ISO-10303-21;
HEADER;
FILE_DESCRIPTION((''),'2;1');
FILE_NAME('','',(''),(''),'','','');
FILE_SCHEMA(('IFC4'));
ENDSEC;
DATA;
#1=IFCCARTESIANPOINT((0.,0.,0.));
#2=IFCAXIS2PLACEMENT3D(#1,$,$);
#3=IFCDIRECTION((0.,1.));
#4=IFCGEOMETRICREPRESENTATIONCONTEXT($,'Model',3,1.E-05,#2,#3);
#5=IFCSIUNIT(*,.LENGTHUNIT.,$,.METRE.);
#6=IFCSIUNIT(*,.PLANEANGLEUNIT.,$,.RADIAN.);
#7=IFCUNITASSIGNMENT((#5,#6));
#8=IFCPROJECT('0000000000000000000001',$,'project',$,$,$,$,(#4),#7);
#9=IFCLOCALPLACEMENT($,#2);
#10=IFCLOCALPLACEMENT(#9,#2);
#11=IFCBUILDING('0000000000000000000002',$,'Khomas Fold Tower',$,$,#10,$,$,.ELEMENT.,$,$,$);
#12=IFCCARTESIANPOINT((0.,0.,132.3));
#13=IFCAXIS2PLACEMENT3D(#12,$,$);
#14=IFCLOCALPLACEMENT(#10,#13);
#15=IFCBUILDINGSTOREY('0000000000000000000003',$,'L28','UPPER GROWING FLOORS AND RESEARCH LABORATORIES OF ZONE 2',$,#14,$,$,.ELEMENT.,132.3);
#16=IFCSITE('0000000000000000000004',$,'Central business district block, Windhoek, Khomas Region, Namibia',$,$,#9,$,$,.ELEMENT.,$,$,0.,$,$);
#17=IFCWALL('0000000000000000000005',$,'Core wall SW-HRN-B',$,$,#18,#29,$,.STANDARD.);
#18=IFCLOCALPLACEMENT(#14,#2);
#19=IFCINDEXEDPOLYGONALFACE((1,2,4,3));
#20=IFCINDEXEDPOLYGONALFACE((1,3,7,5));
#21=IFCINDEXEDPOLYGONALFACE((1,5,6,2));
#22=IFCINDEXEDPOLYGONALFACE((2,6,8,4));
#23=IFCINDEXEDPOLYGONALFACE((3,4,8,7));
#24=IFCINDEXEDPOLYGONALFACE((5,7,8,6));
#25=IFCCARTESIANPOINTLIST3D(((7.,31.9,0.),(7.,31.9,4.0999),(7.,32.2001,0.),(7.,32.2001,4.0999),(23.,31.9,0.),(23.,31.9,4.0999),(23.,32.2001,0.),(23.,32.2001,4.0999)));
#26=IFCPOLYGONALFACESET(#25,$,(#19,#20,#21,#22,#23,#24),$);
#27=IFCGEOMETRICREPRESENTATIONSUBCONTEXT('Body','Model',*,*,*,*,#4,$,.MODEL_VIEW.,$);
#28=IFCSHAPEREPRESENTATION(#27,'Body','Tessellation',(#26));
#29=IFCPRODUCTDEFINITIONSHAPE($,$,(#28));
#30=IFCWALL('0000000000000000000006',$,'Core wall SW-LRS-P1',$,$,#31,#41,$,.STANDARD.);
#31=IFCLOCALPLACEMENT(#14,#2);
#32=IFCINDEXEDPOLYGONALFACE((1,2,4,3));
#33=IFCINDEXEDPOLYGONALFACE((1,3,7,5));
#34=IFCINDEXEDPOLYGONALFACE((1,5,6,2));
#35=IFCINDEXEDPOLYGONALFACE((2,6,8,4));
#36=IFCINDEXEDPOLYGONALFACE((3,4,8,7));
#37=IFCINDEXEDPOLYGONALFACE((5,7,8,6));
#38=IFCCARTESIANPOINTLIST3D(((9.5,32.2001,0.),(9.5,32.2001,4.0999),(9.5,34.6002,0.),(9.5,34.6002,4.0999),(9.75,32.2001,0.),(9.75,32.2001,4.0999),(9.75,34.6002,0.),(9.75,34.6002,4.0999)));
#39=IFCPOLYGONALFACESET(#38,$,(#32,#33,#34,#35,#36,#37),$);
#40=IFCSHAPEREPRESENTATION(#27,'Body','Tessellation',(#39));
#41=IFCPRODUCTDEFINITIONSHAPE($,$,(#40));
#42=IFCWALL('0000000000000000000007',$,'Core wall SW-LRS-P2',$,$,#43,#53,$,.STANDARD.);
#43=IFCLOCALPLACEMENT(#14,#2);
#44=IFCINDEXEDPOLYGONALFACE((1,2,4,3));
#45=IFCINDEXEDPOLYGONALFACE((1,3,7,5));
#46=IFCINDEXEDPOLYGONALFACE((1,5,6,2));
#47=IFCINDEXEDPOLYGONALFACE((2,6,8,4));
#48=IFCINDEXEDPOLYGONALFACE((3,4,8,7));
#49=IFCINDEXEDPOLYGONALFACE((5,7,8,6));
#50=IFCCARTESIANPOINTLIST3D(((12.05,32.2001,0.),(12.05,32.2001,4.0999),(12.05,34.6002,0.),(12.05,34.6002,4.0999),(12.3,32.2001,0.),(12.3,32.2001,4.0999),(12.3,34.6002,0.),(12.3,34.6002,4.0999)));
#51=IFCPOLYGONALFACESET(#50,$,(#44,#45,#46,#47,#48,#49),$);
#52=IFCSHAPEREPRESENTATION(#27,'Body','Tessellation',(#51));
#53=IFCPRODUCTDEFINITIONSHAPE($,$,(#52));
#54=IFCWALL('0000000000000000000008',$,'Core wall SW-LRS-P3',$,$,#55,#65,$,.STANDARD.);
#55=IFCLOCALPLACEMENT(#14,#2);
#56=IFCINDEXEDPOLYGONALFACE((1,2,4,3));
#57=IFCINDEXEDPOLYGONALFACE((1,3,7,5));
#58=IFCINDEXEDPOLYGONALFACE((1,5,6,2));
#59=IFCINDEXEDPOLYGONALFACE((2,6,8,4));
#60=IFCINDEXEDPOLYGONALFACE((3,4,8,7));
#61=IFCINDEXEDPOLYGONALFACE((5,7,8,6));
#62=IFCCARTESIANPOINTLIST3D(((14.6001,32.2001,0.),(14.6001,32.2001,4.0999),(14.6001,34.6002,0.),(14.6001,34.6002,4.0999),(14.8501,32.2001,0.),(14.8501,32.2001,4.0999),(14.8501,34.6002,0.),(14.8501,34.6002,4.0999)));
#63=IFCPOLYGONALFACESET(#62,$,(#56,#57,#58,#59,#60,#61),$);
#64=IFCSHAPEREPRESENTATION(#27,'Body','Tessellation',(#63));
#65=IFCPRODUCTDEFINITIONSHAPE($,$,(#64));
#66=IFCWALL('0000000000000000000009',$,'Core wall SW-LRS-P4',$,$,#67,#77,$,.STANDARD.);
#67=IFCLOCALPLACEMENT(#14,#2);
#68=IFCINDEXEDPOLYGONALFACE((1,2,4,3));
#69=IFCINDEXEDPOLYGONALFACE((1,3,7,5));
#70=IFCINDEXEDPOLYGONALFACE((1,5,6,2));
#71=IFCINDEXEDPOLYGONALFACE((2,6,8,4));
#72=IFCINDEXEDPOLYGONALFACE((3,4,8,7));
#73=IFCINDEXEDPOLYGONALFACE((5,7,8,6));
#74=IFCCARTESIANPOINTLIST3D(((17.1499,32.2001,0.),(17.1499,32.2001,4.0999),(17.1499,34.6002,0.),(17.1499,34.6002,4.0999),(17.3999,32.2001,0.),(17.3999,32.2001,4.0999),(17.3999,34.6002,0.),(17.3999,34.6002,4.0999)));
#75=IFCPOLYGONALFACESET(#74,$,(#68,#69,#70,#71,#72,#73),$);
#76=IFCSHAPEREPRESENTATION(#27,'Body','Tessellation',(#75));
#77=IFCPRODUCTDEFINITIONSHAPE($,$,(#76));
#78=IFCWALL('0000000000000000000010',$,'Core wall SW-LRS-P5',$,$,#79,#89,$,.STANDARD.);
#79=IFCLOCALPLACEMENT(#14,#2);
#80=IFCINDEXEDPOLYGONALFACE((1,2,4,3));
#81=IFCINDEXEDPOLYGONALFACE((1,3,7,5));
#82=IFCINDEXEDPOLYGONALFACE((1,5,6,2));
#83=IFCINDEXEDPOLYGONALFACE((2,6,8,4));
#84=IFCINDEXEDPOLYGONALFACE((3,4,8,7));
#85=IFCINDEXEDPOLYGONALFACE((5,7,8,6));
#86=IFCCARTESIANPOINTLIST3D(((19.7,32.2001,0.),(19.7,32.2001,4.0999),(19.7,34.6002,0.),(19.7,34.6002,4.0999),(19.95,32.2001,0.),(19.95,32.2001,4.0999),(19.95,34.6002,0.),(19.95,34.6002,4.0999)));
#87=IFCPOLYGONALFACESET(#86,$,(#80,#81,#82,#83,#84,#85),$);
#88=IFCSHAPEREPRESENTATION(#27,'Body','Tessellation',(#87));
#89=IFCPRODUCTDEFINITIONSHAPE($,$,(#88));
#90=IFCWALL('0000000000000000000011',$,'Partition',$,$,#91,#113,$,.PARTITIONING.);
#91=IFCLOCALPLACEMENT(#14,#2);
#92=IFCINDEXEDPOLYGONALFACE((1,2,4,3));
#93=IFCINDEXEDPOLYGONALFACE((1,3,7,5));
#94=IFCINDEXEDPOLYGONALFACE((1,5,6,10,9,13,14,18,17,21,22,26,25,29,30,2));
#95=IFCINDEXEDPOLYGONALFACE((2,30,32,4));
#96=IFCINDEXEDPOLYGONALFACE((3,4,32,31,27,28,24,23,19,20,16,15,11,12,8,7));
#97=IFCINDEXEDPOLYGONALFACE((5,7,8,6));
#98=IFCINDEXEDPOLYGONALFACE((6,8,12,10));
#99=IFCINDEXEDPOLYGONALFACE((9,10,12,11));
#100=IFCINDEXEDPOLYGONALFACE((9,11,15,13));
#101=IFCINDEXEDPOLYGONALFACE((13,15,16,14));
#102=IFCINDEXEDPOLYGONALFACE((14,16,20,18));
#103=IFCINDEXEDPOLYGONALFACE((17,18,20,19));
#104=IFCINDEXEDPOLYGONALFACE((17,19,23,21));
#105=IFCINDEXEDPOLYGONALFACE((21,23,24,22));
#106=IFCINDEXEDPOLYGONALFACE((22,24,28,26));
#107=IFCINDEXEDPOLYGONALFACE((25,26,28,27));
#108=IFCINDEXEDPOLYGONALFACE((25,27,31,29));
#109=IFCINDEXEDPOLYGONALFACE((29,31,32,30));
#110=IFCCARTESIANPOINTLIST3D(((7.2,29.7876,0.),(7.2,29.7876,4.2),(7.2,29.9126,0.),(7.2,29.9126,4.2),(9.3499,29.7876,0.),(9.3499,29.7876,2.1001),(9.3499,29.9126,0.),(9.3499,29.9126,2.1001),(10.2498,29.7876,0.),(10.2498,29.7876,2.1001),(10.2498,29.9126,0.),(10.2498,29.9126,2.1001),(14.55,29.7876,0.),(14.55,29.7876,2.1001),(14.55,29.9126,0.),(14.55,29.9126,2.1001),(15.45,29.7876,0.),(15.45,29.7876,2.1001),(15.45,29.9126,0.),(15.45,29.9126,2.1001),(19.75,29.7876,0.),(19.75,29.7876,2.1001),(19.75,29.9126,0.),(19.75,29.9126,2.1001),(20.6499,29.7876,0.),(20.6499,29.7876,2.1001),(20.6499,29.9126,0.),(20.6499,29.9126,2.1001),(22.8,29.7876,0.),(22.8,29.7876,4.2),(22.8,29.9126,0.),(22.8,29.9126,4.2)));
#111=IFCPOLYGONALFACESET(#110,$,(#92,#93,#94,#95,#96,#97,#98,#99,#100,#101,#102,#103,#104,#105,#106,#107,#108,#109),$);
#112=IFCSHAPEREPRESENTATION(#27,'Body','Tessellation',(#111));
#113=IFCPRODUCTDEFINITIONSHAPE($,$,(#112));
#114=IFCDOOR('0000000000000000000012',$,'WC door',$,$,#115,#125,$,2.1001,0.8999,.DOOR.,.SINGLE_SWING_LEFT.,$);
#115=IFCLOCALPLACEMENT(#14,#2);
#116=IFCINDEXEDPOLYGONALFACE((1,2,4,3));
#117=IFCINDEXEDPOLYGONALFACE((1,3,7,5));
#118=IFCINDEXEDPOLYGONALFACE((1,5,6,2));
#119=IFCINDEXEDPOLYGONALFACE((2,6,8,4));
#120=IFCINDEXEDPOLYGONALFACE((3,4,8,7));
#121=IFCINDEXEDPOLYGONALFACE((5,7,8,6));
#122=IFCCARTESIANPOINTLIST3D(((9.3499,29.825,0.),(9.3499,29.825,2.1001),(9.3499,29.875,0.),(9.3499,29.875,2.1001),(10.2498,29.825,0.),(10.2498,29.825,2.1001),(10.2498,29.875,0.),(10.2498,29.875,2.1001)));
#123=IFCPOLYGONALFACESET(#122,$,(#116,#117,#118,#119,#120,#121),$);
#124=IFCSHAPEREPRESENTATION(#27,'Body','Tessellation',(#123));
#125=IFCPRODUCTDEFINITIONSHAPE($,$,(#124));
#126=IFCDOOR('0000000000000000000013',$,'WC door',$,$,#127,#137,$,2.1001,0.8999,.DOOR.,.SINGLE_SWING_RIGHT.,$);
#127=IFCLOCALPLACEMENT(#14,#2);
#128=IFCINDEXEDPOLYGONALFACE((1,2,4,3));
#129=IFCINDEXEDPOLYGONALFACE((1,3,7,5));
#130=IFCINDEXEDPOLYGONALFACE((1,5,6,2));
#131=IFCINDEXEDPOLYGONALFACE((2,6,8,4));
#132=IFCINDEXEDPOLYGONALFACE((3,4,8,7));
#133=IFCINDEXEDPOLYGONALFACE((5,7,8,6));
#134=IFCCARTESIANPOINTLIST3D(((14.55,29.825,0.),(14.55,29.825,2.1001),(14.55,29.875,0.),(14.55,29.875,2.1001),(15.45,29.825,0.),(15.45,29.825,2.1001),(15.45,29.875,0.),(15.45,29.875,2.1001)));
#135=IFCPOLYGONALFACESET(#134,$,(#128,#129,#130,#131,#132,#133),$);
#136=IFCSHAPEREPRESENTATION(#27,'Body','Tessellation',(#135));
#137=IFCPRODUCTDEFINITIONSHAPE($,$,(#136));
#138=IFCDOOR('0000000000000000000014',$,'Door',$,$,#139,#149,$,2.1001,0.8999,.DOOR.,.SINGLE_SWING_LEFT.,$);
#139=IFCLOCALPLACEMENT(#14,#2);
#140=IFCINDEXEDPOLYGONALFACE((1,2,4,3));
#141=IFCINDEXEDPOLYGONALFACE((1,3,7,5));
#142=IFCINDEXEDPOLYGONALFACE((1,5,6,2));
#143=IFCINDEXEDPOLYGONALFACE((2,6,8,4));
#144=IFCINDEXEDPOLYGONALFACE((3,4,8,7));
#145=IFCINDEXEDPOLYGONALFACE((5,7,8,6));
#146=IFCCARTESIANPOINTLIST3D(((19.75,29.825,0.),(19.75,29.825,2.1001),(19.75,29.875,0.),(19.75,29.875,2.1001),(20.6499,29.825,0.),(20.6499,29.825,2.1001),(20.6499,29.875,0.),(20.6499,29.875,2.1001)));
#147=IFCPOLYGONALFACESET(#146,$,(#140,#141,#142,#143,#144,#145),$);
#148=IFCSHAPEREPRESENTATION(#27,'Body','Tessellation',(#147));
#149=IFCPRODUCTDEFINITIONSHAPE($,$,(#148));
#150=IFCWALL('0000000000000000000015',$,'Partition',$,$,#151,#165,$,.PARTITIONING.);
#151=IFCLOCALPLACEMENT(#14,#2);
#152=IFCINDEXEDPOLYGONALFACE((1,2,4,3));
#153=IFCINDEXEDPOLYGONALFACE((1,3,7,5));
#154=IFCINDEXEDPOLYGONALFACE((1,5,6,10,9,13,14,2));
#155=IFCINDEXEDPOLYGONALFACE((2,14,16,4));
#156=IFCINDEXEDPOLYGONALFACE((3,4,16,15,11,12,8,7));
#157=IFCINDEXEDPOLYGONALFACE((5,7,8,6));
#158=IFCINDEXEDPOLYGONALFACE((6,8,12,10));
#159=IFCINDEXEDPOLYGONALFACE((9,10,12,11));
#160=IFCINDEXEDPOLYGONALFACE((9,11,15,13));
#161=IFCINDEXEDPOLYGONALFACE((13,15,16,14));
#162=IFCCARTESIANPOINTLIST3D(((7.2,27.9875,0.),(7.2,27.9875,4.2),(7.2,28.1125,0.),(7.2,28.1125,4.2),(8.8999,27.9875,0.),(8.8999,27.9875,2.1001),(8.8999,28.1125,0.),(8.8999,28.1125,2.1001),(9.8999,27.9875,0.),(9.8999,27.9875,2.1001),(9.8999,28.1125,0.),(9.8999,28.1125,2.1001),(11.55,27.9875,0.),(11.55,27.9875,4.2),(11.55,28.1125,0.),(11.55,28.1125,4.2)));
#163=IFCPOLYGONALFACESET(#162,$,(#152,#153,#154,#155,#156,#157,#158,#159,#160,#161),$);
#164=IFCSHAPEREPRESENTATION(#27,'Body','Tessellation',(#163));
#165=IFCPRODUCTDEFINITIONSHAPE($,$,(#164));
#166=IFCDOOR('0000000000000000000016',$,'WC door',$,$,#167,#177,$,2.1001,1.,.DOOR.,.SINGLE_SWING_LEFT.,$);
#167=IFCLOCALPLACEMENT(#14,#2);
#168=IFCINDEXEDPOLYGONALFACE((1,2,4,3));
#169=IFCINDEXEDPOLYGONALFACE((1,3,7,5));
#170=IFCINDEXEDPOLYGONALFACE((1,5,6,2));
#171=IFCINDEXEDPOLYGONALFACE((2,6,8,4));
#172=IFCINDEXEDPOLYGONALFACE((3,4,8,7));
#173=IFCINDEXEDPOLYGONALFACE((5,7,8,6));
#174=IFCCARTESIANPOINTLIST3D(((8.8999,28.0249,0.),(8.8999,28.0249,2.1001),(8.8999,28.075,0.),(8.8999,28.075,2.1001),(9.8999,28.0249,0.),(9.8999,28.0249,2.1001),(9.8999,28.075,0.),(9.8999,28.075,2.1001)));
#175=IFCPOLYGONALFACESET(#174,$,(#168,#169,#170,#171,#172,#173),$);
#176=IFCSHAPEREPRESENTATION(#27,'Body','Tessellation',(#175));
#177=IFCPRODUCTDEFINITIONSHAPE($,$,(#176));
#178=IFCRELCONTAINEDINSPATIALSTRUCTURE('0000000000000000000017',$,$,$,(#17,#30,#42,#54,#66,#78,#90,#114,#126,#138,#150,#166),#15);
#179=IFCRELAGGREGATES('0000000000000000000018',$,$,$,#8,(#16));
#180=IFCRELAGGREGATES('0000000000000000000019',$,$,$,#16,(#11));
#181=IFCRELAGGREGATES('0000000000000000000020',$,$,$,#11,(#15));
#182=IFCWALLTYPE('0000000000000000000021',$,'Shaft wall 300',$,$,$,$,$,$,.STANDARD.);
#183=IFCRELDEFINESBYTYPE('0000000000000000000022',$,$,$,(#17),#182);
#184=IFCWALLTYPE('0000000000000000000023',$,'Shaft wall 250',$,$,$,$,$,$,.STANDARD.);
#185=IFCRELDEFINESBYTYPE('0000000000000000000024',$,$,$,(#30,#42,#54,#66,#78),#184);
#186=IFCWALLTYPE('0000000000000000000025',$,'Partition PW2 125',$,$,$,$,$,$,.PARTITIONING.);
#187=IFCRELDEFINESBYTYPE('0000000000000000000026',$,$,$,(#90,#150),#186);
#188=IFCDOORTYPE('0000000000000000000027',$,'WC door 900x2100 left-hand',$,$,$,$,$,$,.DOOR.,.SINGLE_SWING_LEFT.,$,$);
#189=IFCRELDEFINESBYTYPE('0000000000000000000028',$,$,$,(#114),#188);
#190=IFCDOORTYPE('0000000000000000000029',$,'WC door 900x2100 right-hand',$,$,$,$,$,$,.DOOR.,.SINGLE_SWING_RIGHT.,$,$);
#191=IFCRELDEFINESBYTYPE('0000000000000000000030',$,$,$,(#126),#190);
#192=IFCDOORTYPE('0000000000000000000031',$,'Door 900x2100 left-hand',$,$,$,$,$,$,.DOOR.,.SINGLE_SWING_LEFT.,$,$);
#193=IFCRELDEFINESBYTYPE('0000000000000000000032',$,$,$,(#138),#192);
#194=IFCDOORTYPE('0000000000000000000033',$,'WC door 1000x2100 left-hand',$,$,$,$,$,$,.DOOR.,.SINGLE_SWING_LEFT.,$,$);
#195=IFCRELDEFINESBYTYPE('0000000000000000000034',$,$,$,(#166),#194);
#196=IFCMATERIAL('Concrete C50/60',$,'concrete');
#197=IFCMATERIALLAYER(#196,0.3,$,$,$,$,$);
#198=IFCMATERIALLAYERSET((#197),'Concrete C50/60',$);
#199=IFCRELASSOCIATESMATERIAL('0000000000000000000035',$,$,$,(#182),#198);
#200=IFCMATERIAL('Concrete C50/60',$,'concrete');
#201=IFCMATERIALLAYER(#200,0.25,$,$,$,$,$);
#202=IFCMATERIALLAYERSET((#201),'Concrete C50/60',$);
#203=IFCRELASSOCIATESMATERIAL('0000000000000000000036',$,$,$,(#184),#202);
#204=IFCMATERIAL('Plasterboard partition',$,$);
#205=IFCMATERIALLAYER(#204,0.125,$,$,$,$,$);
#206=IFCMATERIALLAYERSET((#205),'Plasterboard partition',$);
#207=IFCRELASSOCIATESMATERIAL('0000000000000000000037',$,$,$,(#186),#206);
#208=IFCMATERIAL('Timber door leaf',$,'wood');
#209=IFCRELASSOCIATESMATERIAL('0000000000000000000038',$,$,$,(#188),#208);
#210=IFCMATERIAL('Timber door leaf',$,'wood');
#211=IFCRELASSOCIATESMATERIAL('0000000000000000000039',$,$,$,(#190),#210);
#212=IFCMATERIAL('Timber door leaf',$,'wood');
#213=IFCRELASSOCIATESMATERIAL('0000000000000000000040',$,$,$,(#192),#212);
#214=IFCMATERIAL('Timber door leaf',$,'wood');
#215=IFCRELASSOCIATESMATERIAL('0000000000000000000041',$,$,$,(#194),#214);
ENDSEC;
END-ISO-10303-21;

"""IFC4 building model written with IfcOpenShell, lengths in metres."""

from ifc_helpers import new_model, si_unit, direction, frame, frame_2d, origin, place, context, subcontext, project, spatial, rectangle, extrude, source, transform, mapped, material, layer, layer_set, type_object, element, fill, save


model = new_model("IFC4")

# Units and contexts
model_context = context("Model", 3, precision=1e-05, world=origin(), true_north=direction((0.0, 1.0)))
body_context = subcontext(model_context, "Body", "Model", "MODEL_VIEW")
ifc_project = project(units=[si_unit("LENGTHUNIT", "METRE"), si_unit("PLANEANGLEUNIT", "RADIAN")], contexts=[model_context])

# Site, building, storey
site_placement = place(None, origin())
site = spatial("IfcSite", under=ifc_project, at=site_placement, Name="Central business district block, Windhoek, Khomas Region, Namibia", CompositionType="ELEMENT", RefElevation=0.0)
building_placement = place(site_placement, origin())
building = spatial("IfcBuilding", under=site, at=building_placement, Name="Khomas Fold Tower", CompositionType="ELEMENT")
storey_placement = place(building_placement, frame((0.0, 0.0, 132.3)))
storey = spatial("IfcBuildingStorey", under=building, at=storey_placement, Name="L28", Description="UPPER GROWING FLOORS AND RESEARCH LABORATORIES OF ZONE 2", CompositionType="ELEMENT", Elevation=132.3)

# Walls
ifc_material_1 = material(Name="Concrete C50/60", Category="concrete")
ifc_layer_1 = layer(ifc_material_1, 0.3)
ifc_layer_set_1 = layer_set([ifc_layer_1], Name="Concrete C50/60")
wall_type_1 = type_object("IfcWallType", Name="Shaft wall 300", PredefinedType="STANDARD", material=ifc_layer_set_1)
shared_shape_1 = source(origin(), body_context, "Body", "SweptSolid", [
    extrude(rectangle(XDim=16.0, YDim=0.3, at=frame_2d((8.0, 0.0))), origin(), (0.0, 0.0, 1.0), 4.0999),
])
wall_1_placement = place(storey_placement, frame((7.0, 32.05, 0.0), z_axis=(0.0, 0.0, 1.0), x_axis=(1.0, 0.0, 0.0)))
element("IfcWall", 1, at=wall_1_placement, inside=storey, type_object=wall_type_1, Name="Core wall SW-HRN-B", PredefinedType="STANDARD", context=body_context, shape_type="MappedRepresentation", body=[
    mapped(shared_shape_1, transform((0.0, 0.0, 0.0))),
])
ifc_material_2 = material(Name="Concrete C50/60", Category="concrete")
ifc_layer_2 = layer(ifc_material_2, 0.25)
ifc_layer_set_2 = layer_set([ifc_layer_2], Name="Concrete C50/60")
wall_type_2 = type_object("IfcWallType", Name="Shaft wall 250", PredefinedType="STANDARD", material=ifc_layer_set_2)
shared_shape_2 = source(origin(), body_context, "Body", "SweptSolid", [
    extrude(rectangle(XDim=2.4001, YDim=0.25, at=frame_2d((1.2002, 0.0))), origin(), (0.0, 0.0, 1.0), 4.0999),
])
for number, where, z_axis, x_axis, name in (
    (2, (9.625, 32.2, 0.0), (0.0, 0.0, 1.0), (0.0, 1.0, 0.0), "Core wall SW-LRS-P1"),
    (3, (12.175, 32.2, 0.0), (0.0, 0.0, 1.0), (0.0, 1.0, 0.0), "Core wall SW-LRS-P2"),
    (4, (14.7251, 32.2, 0.0), (0.0, 0.0, 1.0), (0.0, 1.0, 0.0), "Core wall SW-LRS-P3"),
    (5, (17.2749, 32.2, 0.0), (0.0, 0.0, 1.0), (0.0, 1.0, 0.0), "Core wall SW-LRS-P4"),
    (6, (19.825, 32.2, 0.0), (0.0, 0.0, 1.0), (0.0, 1.0, 0.0), "Core wall SW-LRS-P5"),
):
    element("IfcWall", number, at=place(storey_placement, frame(where, z_axis=z_axis, x_axis=x_axis)), inside=storey, type_object=wall_type_2, Name=name, PredefinedType="STANDARD", context=body_context, shape_type="MappedRepresentation", body=[
        mapped(shared_shape_2, transform((0.0, 0.0, 0.0))),
    ])

# Wall, openings, doors
ifc_material_3 = material(Name="Plasterboard partition")
ifc_layer_3 = layer(ifc_material_3, 0.125)
ifc_layer_set_3 = layer_set([ifc_layer_3], Name="Plasterboard partition")
wall_type_3 = type_object("IfcWallType", Name="Partition PW2 125", PredefinedType="PARTITIONING", material=ifc_layer_set_3)
shared_shape_3 = source(origin(), body_context, "Body", "SweptSolid", [
    extrude(rectangle(XDim=15.6001, YDim=0.125, at=frame_2d((7.8, 0.0))), origin(), (0.0, 0.0, 1.0), 4.2),
])
wall_2_placement = place(storey_placement, frame((7.2, 29.8501, 0.0), z_axis=(0.0, 0.0, 1.0), x_axis=(1.0, 0.0, 0.0)))
wall_2 = element("IfcWall", 7, at=wall_2_placement, inside=storey, type_object=wall_type_3, Name="Partition", PredefinedType="PARTITIONING", context=body_context, shape_type="MappedRepresentation", body=[
    mapped(shared_shape_3, transform((0.0, 0.0, 0.0))),
])
shared_shape_4 = source(origin(), body_context, "Body", "SweptSolid", [
    extrude(rectangle(XDim=0.8999, YDim=2.1001, at=frame_2d((0.45, 1.05))), frame((0.0, 0.0725, 0.0), z_axis=(0.0, -1.0, 0.0), x_axis=(1.0, 0.0, 0.0)), (0.0, 0.0, 1.0), 0.145),
])
opening_1_placement = place(wall_2_placement, frame((2.1499, 0.0, 0.0)))
opening_1 = element("IfcOpeningElement", 8, at=opening_1_placement, cuts=wall_2, PredefinedType="OPENING", context=body_context, shape_type="MappedRepresentation", body=[
    mapped(shared_shape_4, transform((0.0, 0.0, 0.0))),
])
opening_2_placement = place(wall_2_placement, frame((7.3501, 0.0, 0.0)))
opening_2 = element("IfcOpeningElement", 9, at=opening_2_placement, cuts=wall_2, PredefinedType="OPENING", context=body_context, shape_type="MappedRepresentation", body=[
    mapped(shared_shape_4, transform((0.0, 0.0, 0.0))),
])
opening_3_placement = place(wall_2_placement, frame((12.55, 0.0, 0.0)))
opening_3 = element("IfcOpeningElement", 10, at=opening_3_placement, cuts=wall_2, PredefinedType="OPENING", context=body_context, shape_type="MappedRepresentation", body=[
    mapped(shared_shape_4, transform((0.0, 0.0, 0.0))),
])
ifc_material_4 = material(Name="Timber door leaf", Category="wood")
door_type_1 = type_object("IfcDoorType", Name="WC door 900x2100 left-hand", OperationType="SINGLE_SWING_LEFT", PredefinedType="DOOR", material=ifc_material_4)
shared_shape_5 = source(origin(), body_context, "Body", "SweptSolid", [
    extrude(rectangle(XDim=0.8999, YDim=2.1001, at=frame_2d((0.45, 1.05))), frame((0.0, 0.0249, 0.0), z_axis=(0.0, -1.0, 0.0), x_axis=(1.0, 0.0, 0.0)), (0.0, 0.0, 1.0), 0.05),
])
door_1_placement = place(opening_1_placement, origin())
door_1 = element("IfcDoor", 11, at=door_1_placement, inside=storey, type_object=door_type_1, Name="WC door", OperationType="SINGLE_SWING_LEFT", OverallHeight=2.1001, OverallWidth=0.8999, PredefinedType="DOOR", context=body_context, shape_type="MappedRepresentation", body=[
    mapped(shared_shape_5, transform((0.0, 0.0, 0.0))),
])
fill(opening_1, door_1)
ifc_material_5 = material(Name="Timber door leaf", Category="wood")
door_type_2 = type_object("IfcDoorType", Name="WC door 900x2100 right-hand", OperationType="SINGLE_SWING_RIGHT", PredefinedType="DOOR", material=ifc_material_5)
door_2_placement = place(opening_2_placement, origin())
door_2 = element("IfcDoor", 12, at=door_2_placement, inside=storey, type_object=door_type_2, Name="WC door", OperationType="SINGLE_SWING_RIGHT", OverallHeight=2.1001, OverallWidth=0.8999, PredefinedType="DOOR", context=body_context, shape_type="MappedRepresentation", body=[
    mapped(shared_shape_5, transform((0.0, 0.0, 0.0))),
])
fill(opening_2, door_2)
ifc_material_6 = material(Name="Timber door leaf", Category="wood")
door_type_3 = type_object("IfcDoorType", Name="Door 900x2100 left-hand", OperationType="SINGLE_SWING_LEFT", PredefinedType="DOOR", material=ifc_material_6)
door_3_placement = place(opening_3_placement, origin())
door_3 = element("IfcDoor", 13, at=door_3_placement, inside=storey, type_object=door_type_3, Name="Door", OperationType="SINGLE_SWING_LEFT", OverallHeight=2.1001, OverallWidth=0.8999, PredefinedType="DOOR", context=body_context, shape_type="MappedRepresentation", body=[
    mapped(shared_shape_5, transform((0.0, 0.0, 0.0))),
])
fill(opening_3, door_3)

# Wall, opening, door
shared_shape_6 = source(origin(), body_context, "Body", "SweptSolid", [
    extrude(rectangle(XDim=4.3501, YDim=0.125, at=frame_2d((2.175, 0.0))), origin(), (0.0, 0.0, 1.0), 4.2),
])
wall_3_placement = place(storey_placement, frame((7.2, 28.05, 0.0), z_axis=(0.0, 0.0, 1.0), x_axis=(1.0, 0.0, 0.0)))
wall_3 = element("IfcWall", 14, at=wall_3_placement, inside=storey, type_object=wall_type_3, Name="Partition", PredefinedType="PARTITIONING", context=body_context, shape_type="MappedRepresentation", body=[
    mapped(shared_shape_6, transform((0.0, 0.0, 0.0))),
])
shared_shape_7 = source(origin(), body_context, "Body", "SweptSolid", [
    extrude(rectangle(XDim=1.0, YDim=2.1001, at=frame_2d((0.5, 1.05))), frame((0.0, 0.0725, 0.0), z_axis=(0.0, -1.0, 0.0), x_axis=(1.0, 0.0, 0.0)), (0.0, 0.0, 1.0), 0.145),
])
opening_4_placement = place(wall_3_placement, frame((1.7, 0.0, 0.0)))
opening_4 = element("IfcOpeningElement", 15, at=opening_4_placement, cuts=wall_3, PredefinedType="OPENING", context=body_context, shape_type="MappedRepresentation", body=[
    mapped(shared_shape_7, transform((0.0, 0.0, 0.0))),
])
ifc_material_7 = material(Name="Timber door leaf", Category="wood")
door_type_4 = type_object("IfcDoorType", Name="WC door 1000x2100 left-hand", OperationType="SINGLE_SWING_LEFT", PredefinedType="DOOR", material=ifc_material_7)
shared_shape_8 = source(origin(), body_context, "Body", "SweptSolid", [
    extrude(rectangle(XDim=1.0, YDim=2.1001, at=frame_2d((0.5, 1.05))), frame((0.0, 0.0249, 0.0), z_axis=(0.0, -1.0, 0.0), x_axis=(1.0, 0.0, 0.0)), (0.0, 0.0, 1.0), 0.05),
])
door_4_placement = place(opening_4_placement, origin())
door_4 = element("IfcDoor", 16, at=door_4_placement, inside=storey, type_object=door_type_4, Name="WC door", OperationType="SINGLE_SWING_LEFT", OverallHeight=2.1001, OverallWidth=1.0, PredefinedType="DOOR", context=body_context, shape_type="MappedRepresentation", body=[
    mapped(shared_shape_8, transform((0.0, 0.0, 0.0))),
])
fill(opening_4, door_4)

save(model, "model.ifc")
